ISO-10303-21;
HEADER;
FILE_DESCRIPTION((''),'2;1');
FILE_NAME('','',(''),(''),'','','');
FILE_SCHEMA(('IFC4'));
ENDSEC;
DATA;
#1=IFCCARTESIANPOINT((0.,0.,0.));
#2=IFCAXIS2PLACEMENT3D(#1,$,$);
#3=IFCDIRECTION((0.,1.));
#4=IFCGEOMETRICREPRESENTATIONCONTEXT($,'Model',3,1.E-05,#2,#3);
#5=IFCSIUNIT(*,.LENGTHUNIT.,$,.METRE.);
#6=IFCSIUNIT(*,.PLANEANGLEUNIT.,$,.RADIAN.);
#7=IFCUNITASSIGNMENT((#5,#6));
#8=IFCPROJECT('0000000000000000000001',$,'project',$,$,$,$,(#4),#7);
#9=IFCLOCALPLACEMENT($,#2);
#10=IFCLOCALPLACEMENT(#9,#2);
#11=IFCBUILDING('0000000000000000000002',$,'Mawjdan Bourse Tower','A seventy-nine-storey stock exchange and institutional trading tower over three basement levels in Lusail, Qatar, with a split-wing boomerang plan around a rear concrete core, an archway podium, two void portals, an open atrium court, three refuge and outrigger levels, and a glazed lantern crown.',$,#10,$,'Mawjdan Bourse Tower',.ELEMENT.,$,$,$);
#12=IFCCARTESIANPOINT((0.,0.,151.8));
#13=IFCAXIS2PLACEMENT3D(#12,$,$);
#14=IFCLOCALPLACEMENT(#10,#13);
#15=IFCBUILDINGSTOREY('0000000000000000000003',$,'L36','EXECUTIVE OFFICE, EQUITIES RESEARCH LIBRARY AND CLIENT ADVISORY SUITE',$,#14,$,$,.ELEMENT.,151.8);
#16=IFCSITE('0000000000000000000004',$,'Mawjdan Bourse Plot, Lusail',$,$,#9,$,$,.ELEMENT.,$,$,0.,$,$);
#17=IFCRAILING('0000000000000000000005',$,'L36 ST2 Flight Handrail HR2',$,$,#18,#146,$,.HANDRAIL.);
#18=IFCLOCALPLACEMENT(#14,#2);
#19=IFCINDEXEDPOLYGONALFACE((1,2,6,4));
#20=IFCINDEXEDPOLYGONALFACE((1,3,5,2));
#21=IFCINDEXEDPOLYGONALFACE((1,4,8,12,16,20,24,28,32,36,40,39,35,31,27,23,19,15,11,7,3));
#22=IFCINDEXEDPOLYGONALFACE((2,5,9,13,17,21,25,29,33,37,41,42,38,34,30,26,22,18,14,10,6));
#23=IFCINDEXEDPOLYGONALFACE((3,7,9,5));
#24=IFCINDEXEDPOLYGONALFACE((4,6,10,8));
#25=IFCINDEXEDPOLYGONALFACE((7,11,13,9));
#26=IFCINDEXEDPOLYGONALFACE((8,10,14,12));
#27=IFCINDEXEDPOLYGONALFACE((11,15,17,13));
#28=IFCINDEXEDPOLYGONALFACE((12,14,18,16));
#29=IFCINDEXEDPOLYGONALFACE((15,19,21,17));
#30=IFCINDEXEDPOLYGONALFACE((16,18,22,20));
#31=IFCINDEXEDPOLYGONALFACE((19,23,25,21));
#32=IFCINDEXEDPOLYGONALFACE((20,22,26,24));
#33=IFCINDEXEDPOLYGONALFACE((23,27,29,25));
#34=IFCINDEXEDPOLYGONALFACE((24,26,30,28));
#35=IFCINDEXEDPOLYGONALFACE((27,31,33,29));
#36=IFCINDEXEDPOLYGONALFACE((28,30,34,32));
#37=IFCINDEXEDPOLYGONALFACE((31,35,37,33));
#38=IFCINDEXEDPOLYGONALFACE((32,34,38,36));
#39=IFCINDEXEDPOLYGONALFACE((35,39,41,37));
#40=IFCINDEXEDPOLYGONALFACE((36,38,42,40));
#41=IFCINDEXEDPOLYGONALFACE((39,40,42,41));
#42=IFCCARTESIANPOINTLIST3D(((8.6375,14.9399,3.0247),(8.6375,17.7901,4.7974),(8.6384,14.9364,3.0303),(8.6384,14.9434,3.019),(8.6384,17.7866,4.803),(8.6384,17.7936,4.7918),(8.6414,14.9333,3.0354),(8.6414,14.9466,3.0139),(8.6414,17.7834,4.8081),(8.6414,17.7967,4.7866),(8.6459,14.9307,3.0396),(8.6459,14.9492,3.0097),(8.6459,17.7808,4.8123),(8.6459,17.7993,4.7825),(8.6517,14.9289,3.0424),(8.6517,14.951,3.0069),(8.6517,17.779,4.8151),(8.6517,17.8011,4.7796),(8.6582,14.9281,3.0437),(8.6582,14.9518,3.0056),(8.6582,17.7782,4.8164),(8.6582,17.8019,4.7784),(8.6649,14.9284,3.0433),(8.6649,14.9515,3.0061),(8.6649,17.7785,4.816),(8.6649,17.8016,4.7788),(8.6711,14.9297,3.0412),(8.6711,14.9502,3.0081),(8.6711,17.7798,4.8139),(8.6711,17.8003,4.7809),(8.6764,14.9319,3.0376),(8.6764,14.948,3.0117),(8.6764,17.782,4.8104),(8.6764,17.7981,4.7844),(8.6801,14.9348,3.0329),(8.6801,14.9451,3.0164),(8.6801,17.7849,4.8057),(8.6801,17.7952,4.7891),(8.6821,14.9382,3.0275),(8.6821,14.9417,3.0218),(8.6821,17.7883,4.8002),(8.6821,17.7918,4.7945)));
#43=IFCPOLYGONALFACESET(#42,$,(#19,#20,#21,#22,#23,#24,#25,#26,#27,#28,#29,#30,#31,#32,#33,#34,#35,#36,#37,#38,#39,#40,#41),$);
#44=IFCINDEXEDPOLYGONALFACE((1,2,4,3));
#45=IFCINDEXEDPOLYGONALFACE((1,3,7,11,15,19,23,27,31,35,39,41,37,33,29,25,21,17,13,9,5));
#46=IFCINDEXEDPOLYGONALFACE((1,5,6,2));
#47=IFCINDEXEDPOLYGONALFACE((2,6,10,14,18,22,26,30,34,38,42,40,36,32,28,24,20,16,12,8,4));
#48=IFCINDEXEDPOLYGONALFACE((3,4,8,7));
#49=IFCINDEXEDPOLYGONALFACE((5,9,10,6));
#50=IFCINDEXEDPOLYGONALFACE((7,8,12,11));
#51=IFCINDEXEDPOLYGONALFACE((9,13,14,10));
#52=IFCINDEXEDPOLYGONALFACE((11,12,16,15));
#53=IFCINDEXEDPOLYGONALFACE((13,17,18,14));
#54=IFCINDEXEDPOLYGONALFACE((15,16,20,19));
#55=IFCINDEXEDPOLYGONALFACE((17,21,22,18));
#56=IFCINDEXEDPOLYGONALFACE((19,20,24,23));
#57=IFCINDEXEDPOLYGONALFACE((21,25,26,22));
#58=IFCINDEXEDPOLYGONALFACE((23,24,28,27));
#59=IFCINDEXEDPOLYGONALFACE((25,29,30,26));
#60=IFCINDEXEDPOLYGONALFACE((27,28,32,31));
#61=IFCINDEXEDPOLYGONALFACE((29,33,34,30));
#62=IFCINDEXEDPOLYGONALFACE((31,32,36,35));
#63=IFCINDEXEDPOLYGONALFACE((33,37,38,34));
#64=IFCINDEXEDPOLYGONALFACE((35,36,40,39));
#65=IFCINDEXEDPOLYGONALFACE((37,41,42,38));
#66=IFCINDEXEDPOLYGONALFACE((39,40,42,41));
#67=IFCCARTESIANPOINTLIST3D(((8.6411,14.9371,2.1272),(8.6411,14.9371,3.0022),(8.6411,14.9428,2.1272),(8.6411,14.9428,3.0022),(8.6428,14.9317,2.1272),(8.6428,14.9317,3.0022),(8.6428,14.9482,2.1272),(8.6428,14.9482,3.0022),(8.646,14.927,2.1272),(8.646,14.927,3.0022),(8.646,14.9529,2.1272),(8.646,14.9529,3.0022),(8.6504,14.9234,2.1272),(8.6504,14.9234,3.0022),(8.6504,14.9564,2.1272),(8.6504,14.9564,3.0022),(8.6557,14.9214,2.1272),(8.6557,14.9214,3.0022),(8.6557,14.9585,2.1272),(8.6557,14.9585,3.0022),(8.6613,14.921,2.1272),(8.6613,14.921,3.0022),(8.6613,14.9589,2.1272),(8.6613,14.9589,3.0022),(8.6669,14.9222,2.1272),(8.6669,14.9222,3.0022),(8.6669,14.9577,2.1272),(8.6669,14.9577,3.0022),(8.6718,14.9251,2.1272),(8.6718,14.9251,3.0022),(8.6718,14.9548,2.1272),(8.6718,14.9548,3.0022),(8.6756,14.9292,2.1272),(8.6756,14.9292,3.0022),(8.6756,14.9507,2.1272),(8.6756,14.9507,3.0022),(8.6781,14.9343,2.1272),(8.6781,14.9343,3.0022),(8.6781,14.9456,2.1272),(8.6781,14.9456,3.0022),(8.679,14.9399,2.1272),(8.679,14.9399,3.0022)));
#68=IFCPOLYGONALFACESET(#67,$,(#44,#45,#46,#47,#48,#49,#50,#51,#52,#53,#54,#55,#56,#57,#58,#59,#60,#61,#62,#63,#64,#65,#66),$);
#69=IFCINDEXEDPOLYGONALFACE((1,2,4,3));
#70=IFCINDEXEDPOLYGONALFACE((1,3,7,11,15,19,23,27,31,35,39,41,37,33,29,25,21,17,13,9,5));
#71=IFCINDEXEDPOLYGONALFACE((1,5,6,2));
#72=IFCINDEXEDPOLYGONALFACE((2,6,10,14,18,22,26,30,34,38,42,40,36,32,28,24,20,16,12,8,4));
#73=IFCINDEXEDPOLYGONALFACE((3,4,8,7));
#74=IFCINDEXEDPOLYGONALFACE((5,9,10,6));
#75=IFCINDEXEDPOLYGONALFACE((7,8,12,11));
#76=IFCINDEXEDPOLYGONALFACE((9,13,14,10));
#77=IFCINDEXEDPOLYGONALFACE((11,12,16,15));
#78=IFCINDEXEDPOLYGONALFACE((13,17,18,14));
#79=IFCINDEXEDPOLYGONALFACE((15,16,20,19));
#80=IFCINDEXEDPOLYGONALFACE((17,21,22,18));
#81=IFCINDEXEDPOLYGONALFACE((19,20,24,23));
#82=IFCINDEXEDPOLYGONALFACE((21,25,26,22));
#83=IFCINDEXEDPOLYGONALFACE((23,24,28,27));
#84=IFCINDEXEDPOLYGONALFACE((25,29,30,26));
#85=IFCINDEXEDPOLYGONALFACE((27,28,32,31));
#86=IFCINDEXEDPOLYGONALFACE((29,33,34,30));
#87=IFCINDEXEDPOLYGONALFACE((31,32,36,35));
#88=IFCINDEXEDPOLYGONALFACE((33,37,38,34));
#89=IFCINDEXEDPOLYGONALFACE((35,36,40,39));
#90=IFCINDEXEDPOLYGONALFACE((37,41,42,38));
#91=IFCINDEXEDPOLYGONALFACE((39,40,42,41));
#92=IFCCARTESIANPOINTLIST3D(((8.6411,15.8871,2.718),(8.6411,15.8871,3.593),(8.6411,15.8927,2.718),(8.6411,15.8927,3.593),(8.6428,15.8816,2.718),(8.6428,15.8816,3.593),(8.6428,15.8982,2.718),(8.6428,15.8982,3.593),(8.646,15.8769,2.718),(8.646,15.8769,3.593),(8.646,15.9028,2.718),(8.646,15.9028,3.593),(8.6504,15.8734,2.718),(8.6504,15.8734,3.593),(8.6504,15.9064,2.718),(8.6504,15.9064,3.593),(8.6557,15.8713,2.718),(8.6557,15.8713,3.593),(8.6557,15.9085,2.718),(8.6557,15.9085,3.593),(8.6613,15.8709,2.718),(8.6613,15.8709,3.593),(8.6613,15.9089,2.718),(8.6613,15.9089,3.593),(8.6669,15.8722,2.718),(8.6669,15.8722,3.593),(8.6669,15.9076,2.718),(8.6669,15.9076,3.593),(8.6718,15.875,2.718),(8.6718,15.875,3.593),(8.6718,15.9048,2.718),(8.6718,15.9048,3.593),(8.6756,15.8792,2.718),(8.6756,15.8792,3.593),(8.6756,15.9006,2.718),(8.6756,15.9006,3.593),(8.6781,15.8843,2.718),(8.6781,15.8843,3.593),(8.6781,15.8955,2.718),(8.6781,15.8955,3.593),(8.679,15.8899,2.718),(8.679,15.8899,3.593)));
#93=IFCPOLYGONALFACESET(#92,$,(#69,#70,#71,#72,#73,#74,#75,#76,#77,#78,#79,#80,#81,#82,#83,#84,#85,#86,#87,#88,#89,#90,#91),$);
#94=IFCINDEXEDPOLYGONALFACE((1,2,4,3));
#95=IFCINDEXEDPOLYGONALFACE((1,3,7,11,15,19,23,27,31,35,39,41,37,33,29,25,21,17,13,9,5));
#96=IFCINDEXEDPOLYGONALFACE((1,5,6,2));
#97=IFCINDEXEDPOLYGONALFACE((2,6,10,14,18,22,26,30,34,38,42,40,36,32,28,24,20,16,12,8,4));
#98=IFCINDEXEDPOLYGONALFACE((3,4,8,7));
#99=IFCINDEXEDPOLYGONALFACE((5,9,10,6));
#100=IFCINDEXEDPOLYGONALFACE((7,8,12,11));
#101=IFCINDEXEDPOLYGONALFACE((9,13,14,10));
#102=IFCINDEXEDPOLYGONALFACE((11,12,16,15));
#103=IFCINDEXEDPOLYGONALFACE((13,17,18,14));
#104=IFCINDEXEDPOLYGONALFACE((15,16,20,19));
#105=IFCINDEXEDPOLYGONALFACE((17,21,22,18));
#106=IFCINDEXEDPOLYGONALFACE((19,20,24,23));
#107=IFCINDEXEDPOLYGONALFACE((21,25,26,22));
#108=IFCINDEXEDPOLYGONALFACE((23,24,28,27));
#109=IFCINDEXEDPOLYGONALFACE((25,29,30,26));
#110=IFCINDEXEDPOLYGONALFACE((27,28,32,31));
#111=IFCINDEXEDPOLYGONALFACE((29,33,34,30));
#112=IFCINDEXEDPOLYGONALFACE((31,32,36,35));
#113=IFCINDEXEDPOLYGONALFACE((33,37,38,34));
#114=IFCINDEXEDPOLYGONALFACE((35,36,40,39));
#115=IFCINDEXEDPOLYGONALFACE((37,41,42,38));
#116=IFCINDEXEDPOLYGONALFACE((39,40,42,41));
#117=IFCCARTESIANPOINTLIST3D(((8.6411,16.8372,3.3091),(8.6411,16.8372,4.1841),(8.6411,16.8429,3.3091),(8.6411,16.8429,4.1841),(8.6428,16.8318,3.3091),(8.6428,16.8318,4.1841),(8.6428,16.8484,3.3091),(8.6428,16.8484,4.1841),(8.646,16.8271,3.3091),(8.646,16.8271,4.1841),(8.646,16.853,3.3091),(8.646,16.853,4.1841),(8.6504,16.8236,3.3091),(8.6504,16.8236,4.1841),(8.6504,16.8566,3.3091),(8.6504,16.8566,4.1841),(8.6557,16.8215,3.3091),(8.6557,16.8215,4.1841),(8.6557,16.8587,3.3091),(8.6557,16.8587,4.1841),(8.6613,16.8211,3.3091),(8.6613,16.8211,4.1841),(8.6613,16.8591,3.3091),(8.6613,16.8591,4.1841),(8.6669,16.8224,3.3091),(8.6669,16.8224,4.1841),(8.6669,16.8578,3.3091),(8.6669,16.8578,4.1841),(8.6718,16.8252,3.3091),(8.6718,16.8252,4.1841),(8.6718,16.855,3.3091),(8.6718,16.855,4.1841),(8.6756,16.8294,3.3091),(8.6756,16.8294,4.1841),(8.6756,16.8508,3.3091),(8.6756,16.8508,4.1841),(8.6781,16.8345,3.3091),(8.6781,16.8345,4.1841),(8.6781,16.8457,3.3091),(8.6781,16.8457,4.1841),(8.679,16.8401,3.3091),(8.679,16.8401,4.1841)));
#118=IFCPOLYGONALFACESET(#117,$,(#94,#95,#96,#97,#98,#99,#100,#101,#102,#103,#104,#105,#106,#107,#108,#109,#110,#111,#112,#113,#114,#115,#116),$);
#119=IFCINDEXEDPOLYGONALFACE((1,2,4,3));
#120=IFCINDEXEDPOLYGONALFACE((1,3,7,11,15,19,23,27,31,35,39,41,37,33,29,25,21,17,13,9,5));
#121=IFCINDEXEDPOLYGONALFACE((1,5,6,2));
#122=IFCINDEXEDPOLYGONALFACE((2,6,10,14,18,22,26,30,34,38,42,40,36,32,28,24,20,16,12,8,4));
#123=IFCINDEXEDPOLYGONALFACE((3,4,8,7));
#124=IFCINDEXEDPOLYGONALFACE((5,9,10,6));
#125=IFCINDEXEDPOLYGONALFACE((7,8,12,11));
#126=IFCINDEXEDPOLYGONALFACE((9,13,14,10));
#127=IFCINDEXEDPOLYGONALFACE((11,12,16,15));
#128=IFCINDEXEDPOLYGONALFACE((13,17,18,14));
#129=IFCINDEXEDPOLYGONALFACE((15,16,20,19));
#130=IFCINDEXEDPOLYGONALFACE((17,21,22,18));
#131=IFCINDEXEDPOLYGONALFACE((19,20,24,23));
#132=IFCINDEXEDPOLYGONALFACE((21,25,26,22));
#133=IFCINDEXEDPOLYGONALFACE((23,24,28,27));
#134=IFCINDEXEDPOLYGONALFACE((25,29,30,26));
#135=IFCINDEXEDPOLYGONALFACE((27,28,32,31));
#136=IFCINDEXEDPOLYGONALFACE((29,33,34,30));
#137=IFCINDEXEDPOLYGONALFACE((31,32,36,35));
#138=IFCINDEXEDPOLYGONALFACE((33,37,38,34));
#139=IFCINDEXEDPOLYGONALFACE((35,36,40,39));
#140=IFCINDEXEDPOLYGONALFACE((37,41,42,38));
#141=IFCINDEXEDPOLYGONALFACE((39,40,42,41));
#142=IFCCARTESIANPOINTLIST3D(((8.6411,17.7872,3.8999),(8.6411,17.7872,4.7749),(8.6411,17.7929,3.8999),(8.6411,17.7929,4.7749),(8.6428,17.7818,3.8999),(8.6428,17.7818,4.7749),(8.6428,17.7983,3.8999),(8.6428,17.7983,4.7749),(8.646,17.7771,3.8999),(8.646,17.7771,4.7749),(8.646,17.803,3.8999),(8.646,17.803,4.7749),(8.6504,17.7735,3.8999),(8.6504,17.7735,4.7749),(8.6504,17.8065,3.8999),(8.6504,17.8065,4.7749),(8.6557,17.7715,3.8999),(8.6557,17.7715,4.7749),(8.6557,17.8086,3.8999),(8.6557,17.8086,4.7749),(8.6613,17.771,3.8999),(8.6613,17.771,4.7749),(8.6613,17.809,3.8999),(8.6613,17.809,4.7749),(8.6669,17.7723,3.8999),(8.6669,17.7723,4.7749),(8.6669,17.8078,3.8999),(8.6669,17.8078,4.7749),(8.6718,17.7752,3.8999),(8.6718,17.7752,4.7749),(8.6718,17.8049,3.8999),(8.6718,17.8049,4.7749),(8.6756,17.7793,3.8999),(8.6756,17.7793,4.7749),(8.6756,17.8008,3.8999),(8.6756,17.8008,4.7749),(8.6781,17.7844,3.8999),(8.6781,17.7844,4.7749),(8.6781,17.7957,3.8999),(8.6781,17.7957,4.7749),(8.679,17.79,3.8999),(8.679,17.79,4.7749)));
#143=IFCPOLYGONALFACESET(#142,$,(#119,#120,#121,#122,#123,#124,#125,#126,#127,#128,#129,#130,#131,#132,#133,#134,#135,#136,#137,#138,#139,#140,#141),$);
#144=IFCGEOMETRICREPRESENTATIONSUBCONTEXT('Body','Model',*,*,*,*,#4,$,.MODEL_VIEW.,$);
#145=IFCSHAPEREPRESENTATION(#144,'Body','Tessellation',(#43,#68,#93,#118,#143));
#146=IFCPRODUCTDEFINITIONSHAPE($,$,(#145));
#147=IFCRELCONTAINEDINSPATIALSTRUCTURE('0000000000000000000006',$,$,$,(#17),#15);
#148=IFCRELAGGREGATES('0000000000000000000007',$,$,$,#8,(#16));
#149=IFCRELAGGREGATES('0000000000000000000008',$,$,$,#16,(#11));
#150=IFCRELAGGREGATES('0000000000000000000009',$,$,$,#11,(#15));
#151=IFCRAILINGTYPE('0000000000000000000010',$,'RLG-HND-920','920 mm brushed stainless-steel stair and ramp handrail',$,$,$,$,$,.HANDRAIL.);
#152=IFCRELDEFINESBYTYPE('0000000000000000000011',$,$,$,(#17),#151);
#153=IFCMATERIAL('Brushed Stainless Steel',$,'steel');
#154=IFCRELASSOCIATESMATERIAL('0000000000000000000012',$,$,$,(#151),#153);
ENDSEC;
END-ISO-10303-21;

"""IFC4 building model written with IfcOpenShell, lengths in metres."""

from ifc_helpers import new_model, si_unit, direction, frame, origin, origin_2d, place, context, subcontext, project, spatial, circle, extrude, material, type_object, element, save


model = new_model("IFC4")

# Units and contexts
model_context = context("Model", 3, precision=1e-05, world=origin(), true_north=direction((0.0, 1.0)))
body_context = subcontext(model_context, "Body", "Model", "MODEL_VIEW")
ifc_project = project(units=[si_unit("LENGTHUNIT", "METRE"), si_unit("PLANEANGLEUNIT", "RADIAN")], contexts=[model_context])

# Site, building, storey
site_placement = place(None, origin())
site = spatial("IfcSite", under=ifc_project, at=site_placement, Name="Mawjdan Bourse Plot, Lusail", CompositionType="ELEMENT", RefElevation=0.0)
building_placement = place(site_placement, origin())
building = spatial("IfcBuilding", under=site, at=building_placement, Name="Mawjdan Bourse Tower", Description="A seventy-nine-storey stock exchange and institutional trading tower over three basement levels in Lusail, Qatar, with a split-wing boomerang plan around a rear concrete core, an archway podium, two void portals, an open atrium court, three refuge and outrigger levels, and a glazed lantern crown.", LongName="Mawjdan Bourse Tower", CompositionType="ELEMENT")
storey_placement = place(building_placement, frame((0.0, 0.0, 151.8)))
storey = spatial("IfcBuildingStorey", under=building, at=storey_placement, Name="L36", Description="EXECUTIVE OFFICE, EQUITIES RESEARCH LIBRARY AND CLIENT ADVISORY SUITE", CompositionType="ELEMENT", Elevation=151.8)

# Railing
ifc_material_1 = material(Name="Brushed Stainless Steel", Category="steel")
railing_type_1 = type_object("IfcRailingType", Name="RLG-HND-920", Description="920 mm brushed stainless-steel stair and ramp handrail", PredefinedType="HANDRAIL", material=ifc_material_1)
railing_placement = place(storey_placement, frame((8.6599, 14.9399, 2.1272)))
element("IfcRailing", 1, at=railing_placement, inside=storey, type_object=railing_type_1, Name="L36 ST2 Flight Handrail HR2", PredefinedType="HANDRAIL", context=body_context, shape_type="SweptSolid", body=[
    extrude(circle(Radius=0.0225, at=origin_2d()), frame((0.0, 0.0, 0.8975), z_axis=(0.0, 0.849149, 0.528154), x_axis=(-1.0, 0.0, 0.0)), (0.0, 0.0, 1.0), 3.3564),
    extrude(circle(Radius=0.019, at=origin_2d()), origin(), (0.0, 0.0, 1.0), 0.875),
    extrude(circle(Radius=0.019, at=origin_2d()), frame((0.0, 0.95, 0.5908)), (0.0, 0.0, 1.0), 0.875),
    extrude(circle(Radius=0.019, at=origin_2d()), frame((0.0, 1.9001, 1.1819)), (0.0, 0.0, 1.0), 0.875),
    extrude(circle(Radius=0.019, at=origin_2d()), frame((0.0, 2.8501, 1.7727)), (0.0, 0.0, 1.0), 0.875),
])

save(model, "model.ifc")
